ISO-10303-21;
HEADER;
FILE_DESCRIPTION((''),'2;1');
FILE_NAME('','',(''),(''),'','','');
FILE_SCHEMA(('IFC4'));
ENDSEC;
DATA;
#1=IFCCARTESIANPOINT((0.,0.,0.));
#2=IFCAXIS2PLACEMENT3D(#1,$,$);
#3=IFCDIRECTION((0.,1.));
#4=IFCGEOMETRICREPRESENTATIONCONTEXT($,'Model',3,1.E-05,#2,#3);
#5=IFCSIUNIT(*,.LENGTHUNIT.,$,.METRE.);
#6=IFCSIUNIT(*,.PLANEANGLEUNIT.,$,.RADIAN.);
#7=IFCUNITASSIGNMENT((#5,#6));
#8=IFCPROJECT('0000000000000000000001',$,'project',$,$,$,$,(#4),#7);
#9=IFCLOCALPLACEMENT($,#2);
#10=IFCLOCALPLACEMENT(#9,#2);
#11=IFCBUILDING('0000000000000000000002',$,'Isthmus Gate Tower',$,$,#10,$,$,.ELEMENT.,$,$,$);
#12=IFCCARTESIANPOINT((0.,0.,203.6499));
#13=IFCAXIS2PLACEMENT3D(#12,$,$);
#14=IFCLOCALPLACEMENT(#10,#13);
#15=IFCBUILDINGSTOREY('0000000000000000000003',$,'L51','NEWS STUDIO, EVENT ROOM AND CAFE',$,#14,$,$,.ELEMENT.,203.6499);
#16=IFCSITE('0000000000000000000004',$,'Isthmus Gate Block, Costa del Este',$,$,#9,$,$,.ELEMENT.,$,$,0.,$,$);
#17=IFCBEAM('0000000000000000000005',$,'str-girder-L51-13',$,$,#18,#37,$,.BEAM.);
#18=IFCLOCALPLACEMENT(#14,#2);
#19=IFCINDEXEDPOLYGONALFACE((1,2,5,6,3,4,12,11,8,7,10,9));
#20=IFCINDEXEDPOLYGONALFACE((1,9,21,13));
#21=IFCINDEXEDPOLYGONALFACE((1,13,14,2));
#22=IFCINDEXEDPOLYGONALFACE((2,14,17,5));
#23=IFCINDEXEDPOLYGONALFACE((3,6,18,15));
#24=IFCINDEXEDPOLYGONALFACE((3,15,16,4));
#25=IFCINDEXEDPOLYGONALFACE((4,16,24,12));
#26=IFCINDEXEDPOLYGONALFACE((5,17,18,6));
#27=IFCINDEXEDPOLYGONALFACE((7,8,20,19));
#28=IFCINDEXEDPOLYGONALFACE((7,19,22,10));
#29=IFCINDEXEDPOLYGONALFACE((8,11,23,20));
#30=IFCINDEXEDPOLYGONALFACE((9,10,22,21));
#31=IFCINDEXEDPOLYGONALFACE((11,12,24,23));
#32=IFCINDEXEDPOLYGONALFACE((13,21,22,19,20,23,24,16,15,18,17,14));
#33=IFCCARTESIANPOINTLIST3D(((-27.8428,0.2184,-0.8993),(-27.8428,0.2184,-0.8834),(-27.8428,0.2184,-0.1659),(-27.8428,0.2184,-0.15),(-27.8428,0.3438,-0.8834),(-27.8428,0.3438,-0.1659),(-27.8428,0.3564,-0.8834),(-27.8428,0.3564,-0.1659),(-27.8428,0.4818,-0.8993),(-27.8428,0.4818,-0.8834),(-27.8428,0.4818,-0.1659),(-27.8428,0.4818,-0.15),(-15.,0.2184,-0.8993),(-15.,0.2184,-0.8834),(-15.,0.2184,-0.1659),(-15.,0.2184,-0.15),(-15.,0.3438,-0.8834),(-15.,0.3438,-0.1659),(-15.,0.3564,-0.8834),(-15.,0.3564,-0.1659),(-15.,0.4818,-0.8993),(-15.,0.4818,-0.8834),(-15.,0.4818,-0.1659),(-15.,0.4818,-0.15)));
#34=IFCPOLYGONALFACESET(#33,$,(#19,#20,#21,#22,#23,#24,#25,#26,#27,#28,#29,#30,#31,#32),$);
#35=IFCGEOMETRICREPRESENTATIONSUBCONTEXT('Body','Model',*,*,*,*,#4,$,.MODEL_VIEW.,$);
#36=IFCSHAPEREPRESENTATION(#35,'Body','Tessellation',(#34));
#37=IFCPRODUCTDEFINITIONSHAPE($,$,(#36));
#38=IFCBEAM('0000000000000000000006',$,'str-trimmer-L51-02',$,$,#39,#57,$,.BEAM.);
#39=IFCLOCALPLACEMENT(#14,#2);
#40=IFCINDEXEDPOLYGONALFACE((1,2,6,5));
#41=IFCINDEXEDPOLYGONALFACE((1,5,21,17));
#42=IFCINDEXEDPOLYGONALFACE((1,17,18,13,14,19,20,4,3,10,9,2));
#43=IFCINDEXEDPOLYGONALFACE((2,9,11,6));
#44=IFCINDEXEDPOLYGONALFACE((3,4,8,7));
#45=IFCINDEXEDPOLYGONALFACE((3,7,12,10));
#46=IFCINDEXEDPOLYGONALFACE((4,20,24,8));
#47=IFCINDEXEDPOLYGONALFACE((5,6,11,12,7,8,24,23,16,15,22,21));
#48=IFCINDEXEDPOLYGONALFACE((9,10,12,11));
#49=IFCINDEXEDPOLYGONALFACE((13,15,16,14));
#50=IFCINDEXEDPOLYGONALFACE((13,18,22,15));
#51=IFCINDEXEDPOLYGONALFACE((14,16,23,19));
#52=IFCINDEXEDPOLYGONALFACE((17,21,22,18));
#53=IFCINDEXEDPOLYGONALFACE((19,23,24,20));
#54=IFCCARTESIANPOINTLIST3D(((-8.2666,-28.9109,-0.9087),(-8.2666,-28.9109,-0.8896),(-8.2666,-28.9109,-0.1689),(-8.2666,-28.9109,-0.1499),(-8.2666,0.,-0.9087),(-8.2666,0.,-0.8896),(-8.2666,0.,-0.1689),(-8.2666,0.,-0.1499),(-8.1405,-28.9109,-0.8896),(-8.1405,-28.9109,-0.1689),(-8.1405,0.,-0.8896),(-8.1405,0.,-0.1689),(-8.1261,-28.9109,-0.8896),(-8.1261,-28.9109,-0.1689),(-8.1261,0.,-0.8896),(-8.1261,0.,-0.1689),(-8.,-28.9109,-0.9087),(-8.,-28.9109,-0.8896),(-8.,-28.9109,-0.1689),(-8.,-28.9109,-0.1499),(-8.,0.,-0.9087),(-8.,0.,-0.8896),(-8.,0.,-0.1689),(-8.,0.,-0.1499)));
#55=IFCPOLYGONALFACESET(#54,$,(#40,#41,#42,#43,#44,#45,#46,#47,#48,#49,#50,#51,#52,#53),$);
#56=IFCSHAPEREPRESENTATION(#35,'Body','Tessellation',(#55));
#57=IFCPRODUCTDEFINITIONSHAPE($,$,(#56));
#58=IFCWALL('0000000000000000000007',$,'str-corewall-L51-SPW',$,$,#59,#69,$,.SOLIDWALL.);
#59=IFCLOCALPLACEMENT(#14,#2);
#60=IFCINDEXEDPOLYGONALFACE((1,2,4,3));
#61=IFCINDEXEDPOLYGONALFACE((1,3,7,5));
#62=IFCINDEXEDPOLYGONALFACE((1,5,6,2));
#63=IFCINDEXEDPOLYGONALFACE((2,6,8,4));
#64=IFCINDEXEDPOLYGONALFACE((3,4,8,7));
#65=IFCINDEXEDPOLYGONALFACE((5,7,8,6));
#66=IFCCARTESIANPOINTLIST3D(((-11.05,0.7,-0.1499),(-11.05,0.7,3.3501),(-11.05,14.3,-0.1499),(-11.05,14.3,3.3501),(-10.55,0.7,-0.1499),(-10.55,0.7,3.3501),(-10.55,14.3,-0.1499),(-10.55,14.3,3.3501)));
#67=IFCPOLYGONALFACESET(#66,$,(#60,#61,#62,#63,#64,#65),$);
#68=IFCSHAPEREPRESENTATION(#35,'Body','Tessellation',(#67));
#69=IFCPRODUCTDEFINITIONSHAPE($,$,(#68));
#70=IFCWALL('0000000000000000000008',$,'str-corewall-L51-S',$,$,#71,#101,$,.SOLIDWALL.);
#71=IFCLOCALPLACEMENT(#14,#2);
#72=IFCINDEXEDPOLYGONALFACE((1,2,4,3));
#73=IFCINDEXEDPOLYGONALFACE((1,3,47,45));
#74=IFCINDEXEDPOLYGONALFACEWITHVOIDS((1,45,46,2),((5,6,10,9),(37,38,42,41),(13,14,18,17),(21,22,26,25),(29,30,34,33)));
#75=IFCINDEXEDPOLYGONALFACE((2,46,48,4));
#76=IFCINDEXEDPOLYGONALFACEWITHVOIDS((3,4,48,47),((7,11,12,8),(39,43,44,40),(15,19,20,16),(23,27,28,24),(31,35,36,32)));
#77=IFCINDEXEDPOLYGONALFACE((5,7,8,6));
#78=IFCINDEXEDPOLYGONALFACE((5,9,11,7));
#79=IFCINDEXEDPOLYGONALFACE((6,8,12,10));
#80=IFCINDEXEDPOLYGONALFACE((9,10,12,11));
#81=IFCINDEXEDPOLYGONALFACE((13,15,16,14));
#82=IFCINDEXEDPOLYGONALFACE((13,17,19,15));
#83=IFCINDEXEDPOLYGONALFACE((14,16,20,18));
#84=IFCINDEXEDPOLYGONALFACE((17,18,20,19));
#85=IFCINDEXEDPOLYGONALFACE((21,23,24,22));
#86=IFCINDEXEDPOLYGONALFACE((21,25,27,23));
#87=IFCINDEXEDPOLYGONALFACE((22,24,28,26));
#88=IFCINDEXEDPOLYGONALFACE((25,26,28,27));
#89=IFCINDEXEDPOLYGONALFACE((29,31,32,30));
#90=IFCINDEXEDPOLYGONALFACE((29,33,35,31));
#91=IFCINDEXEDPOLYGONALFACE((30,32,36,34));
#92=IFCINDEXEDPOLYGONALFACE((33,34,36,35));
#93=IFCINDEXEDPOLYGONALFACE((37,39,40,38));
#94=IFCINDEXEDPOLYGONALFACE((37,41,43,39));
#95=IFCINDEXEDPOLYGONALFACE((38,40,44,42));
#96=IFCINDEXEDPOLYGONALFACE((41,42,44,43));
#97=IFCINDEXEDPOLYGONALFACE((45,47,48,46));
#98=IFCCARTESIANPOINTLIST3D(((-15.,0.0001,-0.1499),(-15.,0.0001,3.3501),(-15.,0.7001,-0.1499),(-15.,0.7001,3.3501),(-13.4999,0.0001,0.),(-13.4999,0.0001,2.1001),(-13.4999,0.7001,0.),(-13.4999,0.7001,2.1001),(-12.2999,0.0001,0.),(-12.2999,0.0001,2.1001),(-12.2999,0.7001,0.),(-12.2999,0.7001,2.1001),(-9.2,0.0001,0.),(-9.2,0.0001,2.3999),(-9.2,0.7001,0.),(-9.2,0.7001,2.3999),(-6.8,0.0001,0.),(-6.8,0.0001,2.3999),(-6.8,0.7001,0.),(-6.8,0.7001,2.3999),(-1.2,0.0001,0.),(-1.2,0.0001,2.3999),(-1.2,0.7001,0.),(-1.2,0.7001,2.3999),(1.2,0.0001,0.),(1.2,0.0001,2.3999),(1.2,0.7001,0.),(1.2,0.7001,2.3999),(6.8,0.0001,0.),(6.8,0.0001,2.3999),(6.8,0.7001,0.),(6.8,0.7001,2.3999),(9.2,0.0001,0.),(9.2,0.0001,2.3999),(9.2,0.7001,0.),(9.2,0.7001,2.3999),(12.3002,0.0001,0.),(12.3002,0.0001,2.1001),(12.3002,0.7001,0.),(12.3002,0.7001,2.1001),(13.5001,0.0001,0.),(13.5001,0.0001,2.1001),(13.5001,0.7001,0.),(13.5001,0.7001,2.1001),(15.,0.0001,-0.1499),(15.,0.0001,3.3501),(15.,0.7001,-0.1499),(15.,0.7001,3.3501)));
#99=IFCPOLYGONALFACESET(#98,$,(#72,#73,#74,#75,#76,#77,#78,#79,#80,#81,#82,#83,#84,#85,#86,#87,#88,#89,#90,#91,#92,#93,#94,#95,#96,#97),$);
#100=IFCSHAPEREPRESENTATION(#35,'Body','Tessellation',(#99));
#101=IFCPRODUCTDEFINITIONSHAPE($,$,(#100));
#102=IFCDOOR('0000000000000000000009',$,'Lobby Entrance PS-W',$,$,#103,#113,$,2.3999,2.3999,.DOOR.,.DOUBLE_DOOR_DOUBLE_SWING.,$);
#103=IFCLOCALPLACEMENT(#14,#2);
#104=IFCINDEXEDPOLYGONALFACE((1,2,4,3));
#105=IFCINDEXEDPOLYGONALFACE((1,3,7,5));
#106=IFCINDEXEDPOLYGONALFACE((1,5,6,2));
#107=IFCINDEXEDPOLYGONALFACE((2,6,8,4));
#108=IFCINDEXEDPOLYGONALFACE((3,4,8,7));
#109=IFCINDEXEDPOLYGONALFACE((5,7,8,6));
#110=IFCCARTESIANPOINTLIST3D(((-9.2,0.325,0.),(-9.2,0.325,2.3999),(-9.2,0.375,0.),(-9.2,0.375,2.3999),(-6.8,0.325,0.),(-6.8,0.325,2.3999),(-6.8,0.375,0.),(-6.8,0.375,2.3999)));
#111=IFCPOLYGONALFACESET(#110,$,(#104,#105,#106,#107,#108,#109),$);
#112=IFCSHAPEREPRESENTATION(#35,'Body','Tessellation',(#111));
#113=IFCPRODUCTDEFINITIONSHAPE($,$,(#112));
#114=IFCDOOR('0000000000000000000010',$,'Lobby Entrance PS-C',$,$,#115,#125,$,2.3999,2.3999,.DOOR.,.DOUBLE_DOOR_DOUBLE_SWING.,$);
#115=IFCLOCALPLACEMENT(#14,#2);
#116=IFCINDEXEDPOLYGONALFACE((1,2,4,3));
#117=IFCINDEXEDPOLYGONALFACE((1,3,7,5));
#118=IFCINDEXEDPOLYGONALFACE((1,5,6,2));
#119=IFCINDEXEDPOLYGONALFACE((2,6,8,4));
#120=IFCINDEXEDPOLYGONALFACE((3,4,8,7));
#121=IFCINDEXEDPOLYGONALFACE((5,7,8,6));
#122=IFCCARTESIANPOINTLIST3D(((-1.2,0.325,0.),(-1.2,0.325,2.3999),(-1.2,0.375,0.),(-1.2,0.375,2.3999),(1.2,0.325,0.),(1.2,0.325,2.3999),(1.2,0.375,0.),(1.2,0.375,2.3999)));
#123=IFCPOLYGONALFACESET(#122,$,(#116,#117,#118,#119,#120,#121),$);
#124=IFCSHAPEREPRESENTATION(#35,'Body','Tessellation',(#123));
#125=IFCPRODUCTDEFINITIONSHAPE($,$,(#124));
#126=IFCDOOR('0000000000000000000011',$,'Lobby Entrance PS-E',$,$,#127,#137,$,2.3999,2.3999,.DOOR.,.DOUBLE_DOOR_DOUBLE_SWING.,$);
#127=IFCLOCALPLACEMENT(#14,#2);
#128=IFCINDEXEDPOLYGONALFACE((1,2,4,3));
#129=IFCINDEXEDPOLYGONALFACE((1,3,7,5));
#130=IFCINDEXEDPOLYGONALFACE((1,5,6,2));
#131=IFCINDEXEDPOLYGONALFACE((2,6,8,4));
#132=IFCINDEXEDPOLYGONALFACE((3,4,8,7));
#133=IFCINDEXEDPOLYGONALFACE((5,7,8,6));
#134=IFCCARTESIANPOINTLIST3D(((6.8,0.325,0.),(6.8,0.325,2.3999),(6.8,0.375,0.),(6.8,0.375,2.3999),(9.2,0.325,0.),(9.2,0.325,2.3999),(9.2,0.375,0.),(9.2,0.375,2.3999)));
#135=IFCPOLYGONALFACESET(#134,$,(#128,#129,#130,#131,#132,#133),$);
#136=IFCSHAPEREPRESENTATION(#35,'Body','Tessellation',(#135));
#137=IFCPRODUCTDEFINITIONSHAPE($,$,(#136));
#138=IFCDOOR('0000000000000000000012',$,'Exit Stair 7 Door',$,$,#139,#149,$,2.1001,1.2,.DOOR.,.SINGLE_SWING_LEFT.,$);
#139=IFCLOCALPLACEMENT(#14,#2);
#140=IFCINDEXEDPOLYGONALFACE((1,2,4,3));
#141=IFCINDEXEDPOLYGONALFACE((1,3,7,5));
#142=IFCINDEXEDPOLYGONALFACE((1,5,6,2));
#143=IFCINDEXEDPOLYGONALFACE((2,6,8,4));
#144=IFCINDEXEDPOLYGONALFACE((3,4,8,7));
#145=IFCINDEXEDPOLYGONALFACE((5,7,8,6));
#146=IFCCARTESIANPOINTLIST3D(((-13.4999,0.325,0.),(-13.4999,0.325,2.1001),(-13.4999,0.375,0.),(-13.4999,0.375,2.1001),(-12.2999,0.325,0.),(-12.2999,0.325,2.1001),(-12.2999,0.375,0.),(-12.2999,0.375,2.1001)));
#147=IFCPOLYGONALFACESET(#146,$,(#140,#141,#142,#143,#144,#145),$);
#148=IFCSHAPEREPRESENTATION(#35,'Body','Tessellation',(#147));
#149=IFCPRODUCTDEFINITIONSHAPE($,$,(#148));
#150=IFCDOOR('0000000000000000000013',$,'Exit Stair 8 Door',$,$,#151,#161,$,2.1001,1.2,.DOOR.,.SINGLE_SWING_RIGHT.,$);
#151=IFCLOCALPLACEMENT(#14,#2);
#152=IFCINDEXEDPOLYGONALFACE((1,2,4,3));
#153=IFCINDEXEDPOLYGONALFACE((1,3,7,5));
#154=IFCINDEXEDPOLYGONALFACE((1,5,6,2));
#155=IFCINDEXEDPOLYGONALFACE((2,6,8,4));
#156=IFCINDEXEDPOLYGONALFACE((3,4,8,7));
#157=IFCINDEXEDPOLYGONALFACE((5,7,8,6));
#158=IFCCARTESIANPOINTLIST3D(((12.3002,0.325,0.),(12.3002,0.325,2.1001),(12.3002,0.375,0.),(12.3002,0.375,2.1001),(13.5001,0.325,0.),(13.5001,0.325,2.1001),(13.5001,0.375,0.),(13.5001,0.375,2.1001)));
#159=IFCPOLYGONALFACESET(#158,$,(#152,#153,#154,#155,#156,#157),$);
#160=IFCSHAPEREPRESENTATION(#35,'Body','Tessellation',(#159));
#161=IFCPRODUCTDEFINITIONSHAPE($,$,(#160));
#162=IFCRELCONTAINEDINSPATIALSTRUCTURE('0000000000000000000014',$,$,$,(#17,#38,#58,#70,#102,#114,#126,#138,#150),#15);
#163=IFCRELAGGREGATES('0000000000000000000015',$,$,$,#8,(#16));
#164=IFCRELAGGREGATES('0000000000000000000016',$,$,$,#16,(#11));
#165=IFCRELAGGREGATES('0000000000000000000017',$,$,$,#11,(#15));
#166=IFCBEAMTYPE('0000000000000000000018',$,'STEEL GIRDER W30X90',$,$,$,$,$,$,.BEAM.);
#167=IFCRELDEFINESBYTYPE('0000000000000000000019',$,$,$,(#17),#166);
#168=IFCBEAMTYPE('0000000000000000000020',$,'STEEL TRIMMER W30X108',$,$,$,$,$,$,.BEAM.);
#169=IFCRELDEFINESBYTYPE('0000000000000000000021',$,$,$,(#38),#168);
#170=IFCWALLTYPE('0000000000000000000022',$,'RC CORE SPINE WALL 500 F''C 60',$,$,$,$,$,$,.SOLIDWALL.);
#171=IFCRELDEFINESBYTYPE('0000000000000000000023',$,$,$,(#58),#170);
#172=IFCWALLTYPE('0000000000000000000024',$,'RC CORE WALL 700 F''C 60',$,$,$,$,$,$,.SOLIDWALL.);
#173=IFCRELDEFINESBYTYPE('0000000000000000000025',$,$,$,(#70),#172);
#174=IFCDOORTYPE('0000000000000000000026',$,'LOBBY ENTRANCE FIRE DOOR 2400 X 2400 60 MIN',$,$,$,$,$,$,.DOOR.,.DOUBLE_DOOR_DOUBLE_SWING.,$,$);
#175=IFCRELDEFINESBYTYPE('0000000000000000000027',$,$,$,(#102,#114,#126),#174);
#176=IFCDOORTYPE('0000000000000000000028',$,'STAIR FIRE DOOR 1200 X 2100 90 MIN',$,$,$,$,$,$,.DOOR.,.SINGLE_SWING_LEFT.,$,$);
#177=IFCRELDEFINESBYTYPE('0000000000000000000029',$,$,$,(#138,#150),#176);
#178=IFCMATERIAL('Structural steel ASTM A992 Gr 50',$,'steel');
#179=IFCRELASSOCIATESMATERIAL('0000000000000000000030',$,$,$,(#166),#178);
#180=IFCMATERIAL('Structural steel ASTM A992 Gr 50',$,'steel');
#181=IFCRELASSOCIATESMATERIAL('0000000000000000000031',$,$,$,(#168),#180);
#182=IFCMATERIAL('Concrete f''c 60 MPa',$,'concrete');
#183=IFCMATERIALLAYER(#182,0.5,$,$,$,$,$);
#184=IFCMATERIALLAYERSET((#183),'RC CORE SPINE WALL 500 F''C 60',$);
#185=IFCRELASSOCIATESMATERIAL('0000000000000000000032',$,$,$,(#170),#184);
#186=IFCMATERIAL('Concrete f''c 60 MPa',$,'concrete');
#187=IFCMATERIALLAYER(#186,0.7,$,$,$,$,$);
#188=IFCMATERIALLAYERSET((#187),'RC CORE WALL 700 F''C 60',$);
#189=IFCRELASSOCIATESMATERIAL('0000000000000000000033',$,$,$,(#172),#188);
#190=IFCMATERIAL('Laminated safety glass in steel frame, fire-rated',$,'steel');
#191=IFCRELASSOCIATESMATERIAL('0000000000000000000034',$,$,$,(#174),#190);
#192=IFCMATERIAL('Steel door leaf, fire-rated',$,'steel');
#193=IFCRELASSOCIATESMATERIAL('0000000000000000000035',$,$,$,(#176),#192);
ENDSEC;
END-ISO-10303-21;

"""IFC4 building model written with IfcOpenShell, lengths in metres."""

from ifc_helpers import new_model, si_unit, direction, frame, frame_2d, origin, origin_2d, place, context, subcontext, project, spatial, rectangle, i_section, extrude, material, layer, layer_set, material_profile, profile_set, type_object, element, fill, save


model = new_model("IFC4")

# Units and contexts
model_context = context("Model", 3, precision=1e-05, world=origin(), true_north=direction((0.0, 1.0)))
body_context = subcontext(model_context, "Body", "Model", "MODEL_VIEW")
ifc_project = project(units=[si_unit("LENGTHUNIT", "METRE"), si_unit("PLANEANGLEUNIT", "RADIAN")], contexts=[model_context])

# Site, building, storey
site_placement = place(None, origin())
site = spatial("IfcSite", under=ifc_project, at=site_placement, Name="Isthmus Gate Block, Costa del Este", CompositionType="ELEMENT", RefElevation=0.0)
building_placement = place(site_placement, origin())
building = spatial("IfcBuilding", under=site, at=building_placement, Name="Isthmus Gate Tower", CompositionType="ELEMENT")
storey_placement = place(building_placement, frame((0.0, 0.0, 203.6499)))
storey = spatial("IfcBuildingStorey", under=building, at=storey_placement, Name="L51", Description="NEWS STUDIO, EVENT ROOM AND CAFE", CompositionType="ELEMENT", Elevation=203.6499)

# Beams
ifc_material_1 = material(Name="Structural steel ASTM A992 Gr 50", Category="steel")
ifc_material_profile_1 = material_profile(ifc_material_1, i_section(OverallWidth=0.2634, OverallDepth=0.7493, WebThickness=0.0127, FlangeThickness=0.0159, at=origin_2d()), Name="W30X90")
ifc_profile_set_1 = profile_set([ifc_material_profile_1], Name="Structural steel ASTM A992 Gr 50")
beam_type_1 = type_object("IfcBeamType", Name="STEEL GIRDER W30X90", PredefinedType="BEAM", material=ifc_profile_set_1)
beam_1_placement = place(storey_placement, frame((-15.0, 0.3501, -0.5247), z_axis=(-1.0, 0.0, 0.0), x_axis=(0.0, -1.0, 0.0)))
element("IfcBeam", 1, at=beam_1_placement, inside=storey, type_object=beam_type_1, Name="str-girder-L51-13", PredefinedType="BEAM", context=body_context, shape_type="SweptSolid", body=[
    extrude(i_section(OverallWidth=0.2634, OverallDepth=0.7493, WebThickness=0.0127, FlangeThickness=0.0159, at=origin_2d()), origin(), (0.0, 0.0, 1.0), 12.8428),
])
ifc_material_2 = material(Name="Structural steel ASTM A992 Gr 50", Category="steel")
ifc_material_profile_2 = material_profile(ifc_material_2, i_section(OverallWidth=0.2666, OverallDepth=0.7588, WebThickness=0.0144, FlangeThickness=0.019, at=origin_2d()), Name="W30X108")
ifc_profile_set_2 = profile_set([ifc_material_profile_2], Name="Structural steel ASTM A992 Gr 50")
beam_type_2 = type_object("IfcBeamType", Name="STEEL TRIMMER W30X108", PredefinedType="BEAM", material=ifc_profile_set_2)
beam_2_placement = place(storey_placement, frame((-8.1333, 0.0, -0.5293), z_axis=(0.0, -1.0, 0.0), x_axis=(1.0, 0.0, 0.0)))
element("IfcBeam", 2, at=beam_2_placement, inside=storey, type_object=beam_type_2, Name="str-trimmer-L51-02", PredefinedType="BEAM", context=body_context, shape_type="SweptSolid", body=[
    extrude(i_section(OverallWidth=0.2666, OverallDepth=0.7588, WebThickness=0.0144, FlangeThickness=0.019, at=origin_2d()), origin(), (0.0, 0.0, 1.0), 28.9109),
])

# Wall
ifc_material_3 = material(Name="Concrete f'c 60 MPa", Category="concrete")
ifc_layer_1 = layer(ifc_material_3, 0.5)
ifc_layer_set_1 = layer_set([ifc_layer_1], Name="RC CORE SPINE WALL 500 F'C 60")
wall_type_1 = type_object("IfcWallType", Name="RC CORE SPINE WALL 500 F'C 60", PredefinedType="SOLIDWALL", material=ifc_layer_set_1)
wall_1_placement = place(storey_placement, frame((-10.8, 0.7, -0.1499), z_axis=(0.0, 0.0, 1.0), x_axis=(0.0, 1.0, 0.0)))
element("IfcWall", 3, at=wall_1_placement, inside=storey, type_object=wall_type_1, Name="str-corewall-L51-SPW", PredefinedType="SOLIDWALL", context=body_context, shape_type="SweptSolid", body=[
    extrude(rectangle(XDim=13.6001, YDim=0.5, at=frame_2d((6.8, 0.0))), origin(), (0.0, 0.0, 1.0), 3.5),
])

# Wall, openings, doors
ifc_material_4 = material(Name="Concrete f'c 60 MPa", Category="concrete")
ifc_layer_2 = layer(ifc_material_4, 0.7)
ifc_layer_set_2 = layer_set([ifc_layer_2], Name="RC CORE WALL 700 F'C 60")
wall_type_2 = type_object("IfcWallType", Name="RC CORE WALL 700 F'C 60", PredefinedType="SOLIDWALL", material=ifc_layer_set_2)
wall_2_placement = place(storey_placement, frame((-15.0, 0.3501, -0.1499), z_axis=(0.0, 0.0, 1.0), x_axis=(1.0, 0.0, 0.0)))
wall_2 = element("IfcWall", 4, at=wall_2_placement, inside=storey, type_object=wall_type_2, Name="str-corewall-L51-S", PredefinedType="SOLIDWALL", context=body_context, shape_type="SweptSolid", body=[
    extrude(rectangle(XDim=30.0, YDim=0.7, at=frame_2d((15.0, 0.0))), origin(), (0.0, 0.0, 1.0), 3.5),
])
opening_1_placement = place(wall_2_placement, frame((5.8, 0.0, 0.1499)))
opening_1 = element("IfcOpeningElement", 5, at=opening_1_placement, cuts=wall_2, PredefinedType="OPENING", context=body_context, shape_type="SweptSolid", body=[
    extrude(rectangle(XDim=2.3999, YDim=2.3999, at=frame_2d((1.2, 1.2))), frame((0.0, 0.3599, 0.0), z_axis=(0.0, -1.0, 0.0), x_axis=(1.0, 0.0, 0.0)), (0.0, 0.0, 1.0), 0.72),
])
opening_2_placement = place(wall_2_placement, frame((13.8, 0.0, 0.1499)))
opening_2 = element("IfcOpeningElement", 6, at=opening_2_placement, cuts=wall_2, PredefinedType="OPENING", context=body_context, shape_type="SweptSolid", body=[
    extrude(rectangle(XDim=2.3999, YDim=2.3999, at=frame_2d((1.2, 1.2))), frame((0.0, 0.3599, 0.0), z_axis=(0.0, -1.0, 0.0), x_axis=(1.0, 0.0, 0.0)), (0.0, 0.0, 1.0), 0.72),
])
opening_3_placement = place(wall_2_placement, frame((21.8, 0.0, 0.1499)))
opening_3 = element("IfcOpeningElement", 7, at=opening_3_placement, cuts=wall_2, PredefinedType="OPENING", context=body_context, shape_type="SweptSolid", body=[
    extrude(rectangle(XDim=2.3999, YDim=2.3999, at=frame_2d((1.2, 1.2))), frame((0.0, 0.3599, 0.0), z_axis=(0.0, -1.0, 0.0), x_axis=(1.0, 0.0, 0.0)), (0.0, 0.0, 1.0), 0.72),
])
opening_4_placement = place(wall_2_placement, frame((1.5, 0.0, 0.1499)))
opening_4 = element("IfcOpeningElement", 8, at=opening_4_placement, cuts=wall_2, PredefinedType="OPENING", context=body_context, shape_type="SweptSolid", body=[
    extrude(rectangle(XDim=1.2, YDim=2.1001, at=frame_2d((0.6001, 1.05))), frame((0.0, 0.3599, 0.0), z_axis=(0.0, -1.0, 0.0), x_axis=(1.0, 0.0, 0.0)), (0.0, 0.0, 1.0), 0.72),
])
opening_5_placement = place(wall_2_placement, frame((27.3, 0.0, 0.1499)))
opening_5 = element("IfcOpeningElement", 9, at=opening_5_placement, cuts=wall_2, PredefinedType="OPENING", context=body_context, shape_type="SweptSolid", body=[
    extrude(rectangle(XDim=1.2, YDim=2.1001, at=frame_2d((0.6001, 1.05))), frame((0.0, 0.3599, 0.0), z_axis=(0.0, -1.0, 0.0), x_axis=(1.0, 0.0, 0.0)), (0.0, 0.0, 1.0), 0.72),
])
ifc_material_5 = material(Name="Laminated safety glass in steel frame, fire-rated", Category="steel")
door_type_1 = type_object("IfcDoorType", Name="LOBBY ENTRANCE FIRE DOOR 2400 X 2400 60 MIN", OperationType="DOUBLE_DOOR_DOUBLE_SWING", PredefinedType="DOOR", material=ifc_material_5)
door_1_placement = place(opening_1_placement, origin())
door_1 = element("IfcDoor", 10, at=door_1_placement, inside=storey, type_object=door_type_1, Name="Lobby Entrance PS-W", OperationType="DOUBLE_DOOR_DOUBLE_SWING", OverallHeight=2.3999, OverallWidth=2.3999, PredefinedType="DOOR", context=body_context, shape_type="SweptSolid", body=[
    extrude(rectangle(XDim=2.3999, YDim=2.3999, at=frame_2d((1.2, 1.2))), frame((0.0, 0.0249, 0.0), z_axis=(0.0, -1.0, 0.0), x_axis=(1.0, 0.0, 0.0)), (0.0, 0.0, 1.0), 0.05),
])
fill(opening_1, door_1)
door_2_placement = place(opening_2_placement, origin())
door_2 = element("IfcDoor", 11, at=door_2_placement, inside=storey, type_object=door_type_1, Name="Lobby Entrance PS-C", OperationType="DOUBLE_DOOR_DOUBLE_SWING", OverallHeight=2.3999, OverallWidth=2.3999, PredefinedType="DOOR", context=body_context, shape_type="SweptSolid", body=[
    extrude(rectangle(XDim=2.3999, YDim=2.3999, at=frame_2d((1.2, 1.2))), frame((0.0, 0.0249, 0.0), z_axis=(0.0, -1.0, 0.0), x_axis=(1.0, 0.0, 0.0)), (0.0, 0.0, 1.0), 0.05),
])
fill(opening_2, door_2)
door_3_placement = place(opening_3_placement, origin())
door_3 = element("IfcDoor", 12, at=door_3_placement, inside=storey, type_object=door_type_1, Name="Lobby Entrance PS-E", OperationType="DOUBLE_DOOR_DOUBLE_SWING", OverallHeight=2.3999, OverallWidth=2.3999, PredefinedType="DOOR", context=body_context, shape_type="SweptSolid", body=[
    extrude(rectangle(XDim=2.3999, YDim=2.3999, at=frame_2d((1.2, 1.2))), frame((0.0, 0.0249, 0.0), z_axis=(0.0, -1.0, 0.0), x_axis=(1.0, 0.0, 0.0)), (0.0, 0.0, 1.0), 0.05),
])
fill(opening_3, door_3)
ifc_material_6 = material(Name="Steel door leaf, fire-rated", Category="steel")
door_type_2 = type_object("IfcDoorType", Name="STAIR FIRE DOOR 1200 X 2100 90 MIN", OperationType="SINGLE_SWING_LEFT", PredefinedType="DOOR", material=ifc_material_6)
door_4_placement = place(opening_4_placement, origin())
door_4 = element("IfcDoor", 13, at=door_4_placement, inside=storey, type_object=door_type_2, Name="Exit Stair 7 Door", OperationType="SINGLE_SWING_LEFT", OverallHeight=2.1001, OverallWidth=1.2, PredefinedType="DOOR", context=body_context, shape_type="SweptSolid", body=[
    extrude(rectangle(XDim=1.2, YDim=2.1001, at=frame_2d((0.6001, 1.05))), frame((0.0, 0.0249, 0.0), z_axis=(0.0, -1.0, 0.0), x_axis=(1.0, 0.0, 0.0)), (0.0, 0.0, 1.0), 0.05),
])
fill(opening_4, door_4)
door_5_placement = place(opening_5_placement, origin())
door_5 = element("IfcDoor", 14, at=door_5_placement, inside=storey, type_object=door_type_2, Name="Exit Stair 8 Door", OperationType="SINGLE_SWING_RIGHT", OverallHeight=2.1001, OverallWidth=1.2, PredefinedType="DOOR", context=body_context, shape_type="SweptSolid", body=[
    extrude(rectangle(XDim=1.2, YDim=2.1001, at=frame_2d((0.6001, 1.05))), frame((0.0, 0.0249, 0.0), z_axis=(0.0, -1.0, 0.0), x_axis=(1.0, 0.0, 0.0)), (0.0, 0.0, 1.0), 0.05),
])
fill(opening_5, door_5)

save(model, "model.ifc")
